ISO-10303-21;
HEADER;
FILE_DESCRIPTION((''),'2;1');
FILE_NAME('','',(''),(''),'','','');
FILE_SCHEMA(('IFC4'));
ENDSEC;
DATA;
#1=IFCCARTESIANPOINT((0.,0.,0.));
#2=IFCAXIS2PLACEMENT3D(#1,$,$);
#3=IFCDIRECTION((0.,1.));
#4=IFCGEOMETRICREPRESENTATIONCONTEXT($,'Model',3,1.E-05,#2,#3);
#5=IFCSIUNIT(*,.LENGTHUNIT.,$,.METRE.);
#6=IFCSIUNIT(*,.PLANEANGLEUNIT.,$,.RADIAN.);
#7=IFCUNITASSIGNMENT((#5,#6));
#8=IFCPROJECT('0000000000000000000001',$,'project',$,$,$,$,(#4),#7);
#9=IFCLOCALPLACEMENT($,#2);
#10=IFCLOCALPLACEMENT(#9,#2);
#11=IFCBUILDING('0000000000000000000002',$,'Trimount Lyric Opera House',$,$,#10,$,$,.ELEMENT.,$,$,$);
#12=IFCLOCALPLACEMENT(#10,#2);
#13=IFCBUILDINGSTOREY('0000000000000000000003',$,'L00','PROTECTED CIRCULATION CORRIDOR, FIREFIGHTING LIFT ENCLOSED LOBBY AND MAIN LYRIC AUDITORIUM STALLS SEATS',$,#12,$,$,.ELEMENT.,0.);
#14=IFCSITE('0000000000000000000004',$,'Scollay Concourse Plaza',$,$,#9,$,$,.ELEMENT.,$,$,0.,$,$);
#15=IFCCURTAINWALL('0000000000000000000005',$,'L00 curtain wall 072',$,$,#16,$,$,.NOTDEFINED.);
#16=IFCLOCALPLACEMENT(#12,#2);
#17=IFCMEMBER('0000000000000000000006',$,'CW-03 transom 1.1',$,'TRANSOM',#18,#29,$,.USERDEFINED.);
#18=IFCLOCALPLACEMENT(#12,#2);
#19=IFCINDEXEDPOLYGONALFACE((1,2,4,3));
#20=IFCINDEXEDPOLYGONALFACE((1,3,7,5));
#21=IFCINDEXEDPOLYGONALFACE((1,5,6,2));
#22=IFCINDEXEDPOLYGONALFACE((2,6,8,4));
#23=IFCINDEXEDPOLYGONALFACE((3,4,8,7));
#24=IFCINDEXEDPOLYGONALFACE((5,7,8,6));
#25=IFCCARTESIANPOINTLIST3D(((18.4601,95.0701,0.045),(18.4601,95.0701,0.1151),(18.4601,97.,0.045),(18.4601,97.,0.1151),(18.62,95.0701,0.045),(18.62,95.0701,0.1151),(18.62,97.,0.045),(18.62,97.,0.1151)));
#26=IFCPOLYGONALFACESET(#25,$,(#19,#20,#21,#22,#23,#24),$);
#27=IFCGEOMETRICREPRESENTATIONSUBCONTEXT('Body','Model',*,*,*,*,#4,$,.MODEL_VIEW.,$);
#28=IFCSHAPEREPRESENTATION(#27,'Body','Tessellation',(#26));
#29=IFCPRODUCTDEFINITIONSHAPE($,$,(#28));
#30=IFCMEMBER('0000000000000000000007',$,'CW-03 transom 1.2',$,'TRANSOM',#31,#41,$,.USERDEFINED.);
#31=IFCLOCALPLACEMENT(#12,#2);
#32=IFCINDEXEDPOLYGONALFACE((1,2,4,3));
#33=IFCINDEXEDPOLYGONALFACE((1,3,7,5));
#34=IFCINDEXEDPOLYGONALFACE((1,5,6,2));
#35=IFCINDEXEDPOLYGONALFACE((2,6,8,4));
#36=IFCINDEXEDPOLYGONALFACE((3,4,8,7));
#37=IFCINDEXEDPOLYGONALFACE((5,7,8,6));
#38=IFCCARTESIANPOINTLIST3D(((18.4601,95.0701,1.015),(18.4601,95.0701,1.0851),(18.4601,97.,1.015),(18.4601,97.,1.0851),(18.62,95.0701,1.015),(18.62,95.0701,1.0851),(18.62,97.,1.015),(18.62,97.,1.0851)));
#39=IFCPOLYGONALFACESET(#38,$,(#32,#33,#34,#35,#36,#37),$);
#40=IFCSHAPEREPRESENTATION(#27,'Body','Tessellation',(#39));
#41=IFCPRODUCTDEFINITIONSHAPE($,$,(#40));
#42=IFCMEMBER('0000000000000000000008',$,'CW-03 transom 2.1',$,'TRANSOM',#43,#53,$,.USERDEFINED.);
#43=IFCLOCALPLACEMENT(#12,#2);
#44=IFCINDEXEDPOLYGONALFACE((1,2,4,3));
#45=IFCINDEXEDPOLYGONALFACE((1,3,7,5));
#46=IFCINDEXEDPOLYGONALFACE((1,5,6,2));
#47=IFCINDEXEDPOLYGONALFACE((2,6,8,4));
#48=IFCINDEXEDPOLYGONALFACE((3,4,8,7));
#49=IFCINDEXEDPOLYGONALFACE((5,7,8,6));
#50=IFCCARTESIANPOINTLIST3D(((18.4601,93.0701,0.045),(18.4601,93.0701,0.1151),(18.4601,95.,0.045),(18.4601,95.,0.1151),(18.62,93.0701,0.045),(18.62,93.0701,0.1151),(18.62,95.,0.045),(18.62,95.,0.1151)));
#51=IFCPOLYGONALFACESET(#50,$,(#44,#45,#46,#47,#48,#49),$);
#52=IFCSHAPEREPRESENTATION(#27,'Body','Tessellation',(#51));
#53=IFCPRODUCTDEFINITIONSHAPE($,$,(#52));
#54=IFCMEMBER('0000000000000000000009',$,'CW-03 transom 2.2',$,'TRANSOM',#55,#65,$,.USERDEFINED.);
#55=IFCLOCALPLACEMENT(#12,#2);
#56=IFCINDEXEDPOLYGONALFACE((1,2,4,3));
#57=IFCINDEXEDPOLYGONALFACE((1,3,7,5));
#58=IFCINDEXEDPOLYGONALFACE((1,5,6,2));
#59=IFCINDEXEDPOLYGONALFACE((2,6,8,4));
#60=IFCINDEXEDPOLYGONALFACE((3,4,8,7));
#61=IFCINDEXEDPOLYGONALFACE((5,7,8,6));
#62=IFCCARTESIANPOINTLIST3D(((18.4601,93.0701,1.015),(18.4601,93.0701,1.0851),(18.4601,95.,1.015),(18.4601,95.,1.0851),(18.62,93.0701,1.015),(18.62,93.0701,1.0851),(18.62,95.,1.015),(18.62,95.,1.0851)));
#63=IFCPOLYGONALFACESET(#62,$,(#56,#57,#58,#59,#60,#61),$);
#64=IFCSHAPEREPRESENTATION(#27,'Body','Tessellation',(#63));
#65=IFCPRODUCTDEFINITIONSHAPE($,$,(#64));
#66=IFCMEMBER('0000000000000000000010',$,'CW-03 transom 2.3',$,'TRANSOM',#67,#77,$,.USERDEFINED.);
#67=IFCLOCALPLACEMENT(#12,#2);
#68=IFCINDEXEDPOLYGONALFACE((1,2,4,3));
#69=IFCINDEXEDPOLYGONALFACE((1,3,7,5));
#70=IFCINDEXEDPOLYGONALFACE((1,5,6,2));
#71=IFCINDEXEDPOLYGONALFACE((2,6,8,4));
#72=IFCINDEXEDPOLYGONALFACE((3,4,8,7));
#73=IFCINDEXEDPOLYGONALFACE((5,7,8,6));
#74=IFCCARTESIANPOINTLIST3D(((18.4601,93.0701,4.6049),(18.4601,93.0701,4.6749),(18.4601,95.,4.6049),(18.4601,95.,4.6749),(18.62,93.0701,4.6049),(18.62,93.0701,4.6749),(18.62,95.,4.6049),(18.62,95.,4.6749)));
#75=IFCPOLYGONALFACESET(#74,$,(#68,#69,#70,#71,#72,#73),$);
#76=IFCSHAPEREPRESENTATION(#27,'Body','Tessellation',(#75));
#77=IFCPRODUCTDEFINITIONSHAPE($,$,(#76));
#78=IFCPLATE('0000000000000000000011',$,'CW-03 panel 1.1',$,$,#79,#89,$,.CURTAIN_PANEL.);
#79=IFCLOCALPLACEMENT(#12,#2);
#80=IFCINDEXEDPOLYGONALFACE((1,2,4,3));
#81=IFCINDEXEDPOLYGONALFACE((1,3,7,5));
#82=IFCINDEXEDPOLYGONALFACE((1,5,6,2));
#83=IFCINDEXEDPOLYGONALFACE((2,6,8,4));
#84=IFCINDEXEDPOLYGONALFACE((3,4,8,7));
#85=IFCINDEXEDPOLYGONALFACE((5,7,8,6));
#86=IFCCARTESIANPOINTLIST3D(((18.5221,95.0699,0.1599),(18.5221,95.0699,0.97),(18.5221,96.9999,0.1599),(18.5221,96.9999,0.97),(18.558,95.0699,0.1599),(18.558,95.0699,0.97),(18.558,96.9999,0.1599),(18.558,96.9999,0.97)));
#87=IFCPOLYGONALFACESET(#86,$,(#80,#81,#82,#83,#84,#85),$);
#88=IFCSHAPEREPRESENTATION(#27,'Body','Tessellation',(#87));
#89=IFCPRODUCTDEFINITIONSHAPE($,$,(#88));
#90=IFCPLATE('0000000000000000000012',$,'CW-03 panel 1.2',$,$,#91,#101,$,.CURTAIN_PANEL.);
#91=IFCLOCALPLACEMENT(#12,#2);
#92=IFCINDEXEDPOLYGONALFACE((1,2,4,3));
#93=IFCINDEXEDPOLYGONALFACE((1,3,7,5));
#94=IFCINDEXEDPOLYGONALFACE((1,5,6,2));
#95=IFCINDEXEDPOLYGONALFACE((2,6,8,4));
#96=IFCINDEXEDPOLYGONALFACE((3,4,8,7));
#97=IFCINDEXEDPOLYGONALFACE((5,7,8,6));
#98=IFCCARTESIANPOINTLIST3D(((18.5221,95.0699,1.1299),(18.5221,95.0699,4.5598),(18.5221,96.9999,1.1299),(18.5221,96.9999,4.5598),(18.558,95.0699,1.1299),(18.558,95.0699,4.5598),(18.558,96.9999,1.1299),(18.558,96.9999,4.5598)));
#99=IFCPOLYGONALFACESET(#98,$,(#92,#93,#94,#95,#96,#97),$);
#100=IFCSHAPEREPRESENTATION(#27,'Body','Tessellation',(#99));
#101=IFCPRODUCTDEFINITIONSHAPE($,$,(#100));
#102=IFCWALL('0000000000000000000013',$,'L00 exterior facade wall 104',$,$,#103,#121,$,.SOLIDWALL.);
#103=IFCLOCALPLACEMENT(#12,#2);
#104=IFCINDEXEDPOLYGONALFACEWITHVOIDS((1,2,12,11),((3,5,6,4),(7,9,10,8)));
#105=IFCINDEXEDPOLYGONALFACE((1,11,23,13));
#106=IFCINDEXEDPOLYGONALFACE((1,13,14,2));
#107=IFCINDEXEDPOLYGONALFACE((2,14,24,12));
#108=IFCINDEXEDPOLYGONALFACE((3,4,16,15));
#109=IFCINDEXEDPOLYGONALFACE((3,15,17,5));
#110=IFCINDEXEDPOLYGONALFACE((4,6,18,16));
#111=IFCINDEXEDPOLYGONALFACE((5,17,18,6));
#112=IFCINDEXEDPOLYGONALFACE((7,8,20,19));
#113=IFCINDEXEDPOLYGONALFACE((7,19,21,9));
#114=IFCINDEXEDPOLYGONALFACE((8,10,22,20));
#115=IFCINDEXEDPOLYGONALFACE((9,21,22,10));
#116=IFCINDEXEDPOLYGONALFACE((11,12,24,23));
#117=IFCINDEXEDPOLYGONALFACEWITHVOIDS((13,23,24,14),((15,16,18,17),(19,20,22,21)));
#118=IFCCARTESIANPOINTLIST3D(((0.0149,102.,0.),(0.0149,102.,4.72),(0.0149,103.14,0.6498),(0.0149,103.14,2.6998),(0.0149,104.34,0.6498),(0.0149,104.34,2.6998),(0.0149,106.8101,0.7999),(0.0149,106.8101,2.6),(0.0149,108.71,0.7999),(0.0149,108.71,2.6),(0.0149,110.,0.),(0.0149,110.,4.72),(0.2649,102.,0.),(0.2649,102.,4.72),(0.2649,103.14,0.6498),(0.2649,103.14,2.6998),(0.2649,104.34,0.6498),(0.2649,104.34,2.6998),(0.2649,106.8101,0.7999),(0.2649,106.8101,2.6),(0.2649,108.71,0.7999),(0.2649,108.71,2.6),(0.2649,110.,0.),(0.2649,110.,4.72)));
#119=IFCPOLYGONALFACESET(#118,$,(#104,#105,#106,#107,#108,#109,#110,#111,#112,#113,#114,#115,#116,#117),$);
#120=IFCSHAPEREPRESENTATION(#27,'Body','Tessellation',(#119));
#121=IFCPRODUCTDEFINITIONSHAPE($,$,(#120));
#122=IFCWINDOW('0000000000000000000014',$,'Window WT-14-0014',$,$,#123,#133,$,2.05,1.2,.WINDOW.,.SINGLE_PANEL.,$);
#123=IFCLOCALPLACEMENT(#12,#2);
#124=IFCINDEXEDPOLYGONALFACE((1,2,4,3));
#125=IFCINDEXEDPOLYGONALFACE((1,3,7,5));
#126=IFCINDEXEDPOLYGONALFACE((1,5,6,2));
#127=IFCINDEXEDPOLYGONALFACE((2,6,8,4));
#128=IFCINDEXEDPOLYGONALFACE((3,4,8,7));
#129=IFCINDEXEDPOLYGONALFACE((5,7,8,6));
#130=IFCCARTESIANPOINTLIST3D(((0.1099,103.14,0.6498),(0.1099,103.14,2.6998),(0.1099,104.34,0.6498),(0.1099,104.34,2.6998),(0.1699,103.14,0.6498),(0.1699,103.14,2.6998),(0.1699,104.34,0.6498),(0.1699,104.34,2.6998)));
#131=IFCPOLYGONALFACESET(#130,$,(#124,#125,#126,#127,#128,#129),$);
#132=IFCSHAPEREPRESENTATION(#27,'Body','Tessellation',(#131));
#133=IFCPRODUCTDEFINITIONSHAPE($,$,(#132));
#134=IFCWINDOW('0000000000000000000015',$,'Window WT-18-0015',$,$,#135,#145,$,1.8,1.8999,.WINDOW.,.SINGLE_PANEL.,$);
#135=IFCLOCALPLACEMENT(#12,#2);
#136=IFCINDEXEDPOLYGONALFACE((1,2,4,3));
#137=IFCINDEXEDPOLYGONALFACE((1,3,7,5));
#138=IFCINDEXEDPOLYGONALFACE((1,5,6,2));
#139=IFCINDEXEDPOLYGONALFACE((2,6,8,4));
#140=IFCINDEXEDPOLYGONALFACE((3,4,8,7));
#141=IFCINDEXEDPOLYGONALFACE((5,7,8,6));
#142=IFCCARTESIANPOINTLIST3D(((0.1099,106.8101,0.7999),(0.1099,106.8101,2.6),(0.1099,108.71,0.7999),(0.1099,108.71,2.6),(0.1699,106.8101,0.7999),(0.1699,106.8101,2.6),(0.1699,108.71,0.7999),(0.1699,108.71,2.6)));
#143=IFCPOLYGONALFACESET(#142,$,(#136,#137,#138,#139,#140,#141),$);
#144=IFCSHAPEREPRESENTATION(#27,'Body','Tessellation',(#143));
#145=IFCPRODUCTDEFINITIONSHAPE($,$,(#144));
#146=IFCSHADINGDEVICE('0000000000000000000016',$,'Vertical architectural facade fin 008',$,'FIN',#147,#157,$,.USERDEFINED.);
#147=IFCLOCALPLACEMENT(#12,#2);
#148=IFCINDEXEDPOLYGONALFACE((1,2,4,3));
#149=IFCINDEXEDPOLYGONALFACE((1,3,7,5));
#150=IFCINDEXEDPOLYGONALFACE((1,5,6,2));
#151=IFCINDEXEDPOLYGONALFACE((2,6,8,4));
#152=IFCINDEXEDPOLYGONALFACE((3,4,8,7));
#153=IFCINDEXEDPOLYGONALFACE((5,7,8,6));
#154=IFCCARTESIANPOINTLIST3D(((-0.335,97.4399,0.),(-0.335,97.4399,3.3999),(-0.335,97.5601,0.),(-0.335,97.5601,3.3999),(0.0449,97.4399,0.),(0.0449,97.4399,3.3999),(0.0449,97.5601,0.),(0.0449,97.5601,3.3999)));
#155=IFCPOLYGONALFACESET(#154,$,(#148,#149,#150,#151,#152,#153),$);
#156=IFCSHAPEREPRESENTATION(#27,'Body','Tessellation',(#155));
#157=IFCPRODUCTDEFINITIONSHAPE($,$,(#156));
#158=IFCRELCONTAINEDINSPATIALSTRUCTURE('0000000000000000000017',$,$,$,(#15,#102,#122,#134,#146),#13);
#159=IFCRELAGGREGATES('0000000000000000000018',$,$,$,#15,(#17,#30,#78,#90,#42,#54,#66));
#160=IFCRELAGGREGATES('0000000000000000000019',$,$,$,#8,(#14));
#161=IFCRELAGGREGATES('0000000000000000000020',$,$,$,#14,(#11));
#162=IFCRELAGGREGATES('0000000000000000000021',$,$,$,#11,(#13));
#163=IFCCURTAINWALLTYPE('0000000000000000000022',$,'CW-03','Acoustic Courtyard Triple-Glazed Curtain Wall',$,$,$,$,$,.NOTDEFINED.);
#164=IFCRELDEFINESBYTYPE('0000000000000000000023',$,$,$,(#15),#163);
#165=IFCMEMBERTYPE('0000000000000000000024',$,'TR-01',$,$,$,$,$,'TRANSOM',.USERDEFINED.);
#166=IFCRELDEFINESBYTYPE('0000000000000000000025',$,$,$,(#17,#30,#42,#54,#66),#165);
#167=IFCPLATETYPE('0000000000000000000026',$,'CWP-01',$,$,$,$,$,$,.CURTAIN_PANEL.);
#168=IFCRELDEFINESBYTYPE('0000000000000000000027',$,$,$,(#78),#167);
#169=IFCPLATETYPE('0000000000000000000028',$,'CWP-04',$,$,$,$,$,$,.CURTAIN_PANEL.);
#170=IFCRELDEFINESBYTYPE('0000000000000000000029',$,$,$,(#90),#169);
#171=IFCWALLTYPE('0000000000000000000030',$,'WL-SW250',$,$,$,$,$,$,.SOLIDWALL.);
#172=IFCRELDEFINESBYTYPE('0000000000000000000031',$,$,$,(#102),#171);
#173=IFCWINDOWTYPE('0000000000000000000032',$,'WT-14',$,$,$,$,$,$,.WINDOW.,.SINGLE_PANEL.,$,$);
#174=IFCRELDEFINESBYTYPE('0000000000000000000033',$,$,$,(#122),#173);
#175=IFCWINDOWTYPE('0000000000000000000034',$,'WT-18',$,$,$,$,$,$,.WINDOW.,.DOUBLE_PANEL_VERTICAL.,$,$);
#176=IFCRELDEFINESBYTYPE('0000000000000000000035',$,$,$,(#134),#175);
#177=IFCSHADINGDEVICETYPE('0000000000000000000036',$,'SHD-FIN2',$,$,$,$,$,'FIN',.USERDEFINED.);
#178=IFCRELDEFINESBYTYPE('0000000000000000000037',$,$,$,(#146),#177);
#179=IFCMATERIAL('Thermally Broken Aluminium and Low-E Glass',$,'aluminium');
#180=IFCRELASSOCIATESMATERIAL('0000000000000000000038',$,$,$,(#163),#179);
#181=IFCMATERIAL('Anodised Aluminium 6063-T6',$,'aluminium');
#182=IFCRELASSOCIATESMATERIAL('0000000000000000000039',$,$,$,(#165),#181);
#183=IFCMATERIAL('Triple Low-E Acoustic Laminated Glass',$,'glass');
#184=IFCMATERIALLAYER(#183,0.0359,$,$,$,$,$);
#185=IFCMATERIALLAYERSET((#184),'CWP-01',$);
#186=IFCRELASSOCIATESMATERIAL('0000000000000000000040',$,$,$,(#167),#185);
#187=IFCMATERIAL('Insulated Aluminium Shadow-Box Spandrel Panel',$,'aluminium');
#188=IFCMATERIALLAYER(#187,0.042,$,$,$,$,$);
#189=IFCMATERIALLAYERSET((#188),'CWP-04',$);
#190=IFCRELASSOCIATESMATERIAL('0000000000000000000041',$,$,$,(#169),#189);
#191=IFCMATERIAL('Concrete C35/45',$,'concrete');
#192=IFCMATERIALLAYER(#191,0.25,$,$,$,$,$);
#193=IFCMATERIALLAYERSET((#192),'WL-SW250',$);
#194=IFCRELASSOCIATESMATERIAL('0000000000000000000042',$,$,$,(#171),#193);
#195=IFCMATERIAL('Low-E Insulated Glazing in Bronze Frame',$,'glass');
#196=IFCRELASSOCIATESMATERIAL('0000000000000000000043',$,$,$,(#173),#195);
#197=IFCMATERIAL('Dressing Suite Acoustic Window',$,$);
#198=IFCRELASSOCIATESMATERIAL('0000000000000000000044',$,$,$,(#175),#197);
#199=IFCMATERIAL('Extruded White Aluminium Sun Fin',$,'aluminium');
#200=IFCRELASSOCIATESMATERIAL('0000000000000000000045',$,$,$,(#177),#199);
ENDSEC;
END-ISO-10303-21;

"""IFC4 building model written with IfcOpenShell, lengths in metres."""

from ifc_helpers import new_model, si_unit, direction, frame, frame_2d, origin, origin_2d, place, context, subcontext, project, spatial, rectangle, extrude, material, layer, layer_set, material_profile, profile_set, type_object, element, fill, aggregate, save


model = new_model("IFC4")

# Units and contexts
model_context = context("Model", 3, precision=1e-05, world=origin(), true_north=direction((0.0, 1.0)))
body_context = subcontext(model_context, "Body", "Model", "MODEL_VIEW")
ifc_project = project(units=[si_unit("LENGTHUNIT", "METRE"), si_unit("PLANEANGLEUNIT", "RADIAN")], contexts=[model_context])

# Site, building, storey
site_placement = place(None, origin())
site = spatial("IfcSite", under=ifc_project, at=site_placement, Name="Scollay Concourse Plaza", CompositionType="ELEMENT", RefElevation=0.0)
building_placement = place(site_placement, origin())
building = spatial("IfcBuilding", under=site, at=building_placement, Name="Trimount Lyric Opera House", CompositionType="ELEMENT")
storey_placement = place(building_placement, origin())
storey = spatial("IfcBuildingStorey", under=building, at=storey_placement, Name="L00", Description="PROTECTED CIRCULATION CORRIDOR, FIREFIGHTING LIFT ENCLOSED LOBBY AND MAIN LYRIC AUDITORIUM STALLS SEATS", CompositionType="ELEMENT", Elevation=0.0)

# Curtain wall
ifc_material_1 = material(Name="Thermally Broken Aluminium and Low-E Glass", Category="aluminium")
curtain_wall_type = type_object("IfcCurtainWallType", Name="CW-03", Description="Acoustic Courtyard Triple-Glazed Curtain Wall", PredefinedType="NOTDEFINED", material=ifc_material_1)
curtain_wall_placement = place(storey_placement, origin())
curtain_wall = element("IfcCurtainWall", 1, at=curtain_wall_placement, inside=storey, type_object=curtain_wall_type, Name="L00 curtain wall 072", PredefinedType="NOTDEFINED")

# Members
ifc_material_2 = material(Name="Anodised Aluminium 6063-T6", Category="aluminium")
ifc_material_profile_1 = material_profile(ifc_material_2, rectangle(XDim=0.1599, YDim=0.0701, at=origin_2d()), Name="ALU-TRAN-70X160")
ifc_profile_set_1 = profile_set([ifc_material_profile_1], Name="Anodised Aluminium 6063-T6")
member_type_1 = type_object("IfcMemberType", Name="TR-01", ElementType="TRANSOM", PredefinedType="USERDEFINED", material=ifc_profile_set_1)
member_1_placement = place(storey_placement, frame((18.54, 97.0, 0.0801), z_axis=(0.0, -1.0, 0.0), x_axis=(1.0, 0.0, 0.0)))
member_1 = element("IfcMember", 2, at=member_1_placement, type_object=member_type_1, Name="CW-03 transom 1.1", ObjectType="TRANSOM", PredefinedType="USERDEFINED", context=body_context, shape_type="SweptSolid", body=[
    extrude(rectangle(XDim=0.1599, YDim=0.0701, at=origin_2d()), origin(), (0.0, 0.0, 1.0), 1.9299),
])
member_2_placement = place(storey_placement, frame((18.54, 97.0, 1.05), z_axis=(0.0, -1.0, 0.0), x_axis=(1.0, 0.0, 0.0)))
member_2 = element("IfcMember", 3, at=member_2_placement, type_object=member_type_1, Name="CW-03 transom 1.2", ObjectType="TRANSOM", PredefinedType="USERDEFINED", context=body_context, shape_type="SweptSolid", body=[
    extrude(rectangle(XDim=0.1599, YDim=0.0701, at=origin_2d()), origin(), (0.0, 0.0, 1.0), 1.9299),
])
member_3_placement = place(storey_placement, frame((18.54, 95.0, 0.0801), z_axis=(0.0, -1.0, 0.0), x_axis=(1.0, 0.0, 0.0)))
member_3 = element("IfcMember", 4, at=member_3_placement, type_object=member_type_1, Name="CW-03 transom 2.1", ObjectType="TRANSOM", PredefinedType="USERDEFINED", context=body_context, shape_type="SweptSolid", body=[
    extrude(rectangle(XDim=0.1599, YDim=0.0701, at=origin_2d()), origin(), (0.0, 0.0, 1.0), 1.9299),
])
member_4_placement = place(storey_placement, frame((18.54, 95.0, 1.05), z_axis=(0.0, -1.0, 0.0), x_axis=(1.0, 0.0, 0.0)))
member_4 = element("IfcMember", 5, at=member_4_placement, type_object=member_type_1, Name="CW-03 transom 2.2", ObjectType="TRANSOM", PredefinedType="USERDEFINED", context=body_context, shape_type="SweptSolid", body=[
    extrude(rectangle(XDim=0.1599, YDim=0.0701, at=origin_2d()), origin(), (0.0, 0.0, 1.0), 1.9299),
])
member_5_placement = place(storey_placement, frame((18.54, 95.0, 4.6399), z_axis=(0.0, -1.0, 0.0), x_axis=(1.0, 0.0, 0.0)))
member_5 = element("IfcMember", 6, at=member_5_placement, type_object=member_type_1, Name="CW-03 transom 2.3", ObjectType="TRANSOM", PredefinedType="USERDEFINED", context=body_context, shape_type="SweptSolid", body=[
    extrude(rectangle(XDim=0.1599, YDim=0.0701, at=origin_2d()), origin(), (0.0, 0.0, 1.0), 1.9299),
])

# Plates
ifc_material_3 = material(Name="Triple Low-E Acoustic Laminated Glass", Category="glass")
ifc_layer_1 = layer(ifc_material_3, 0.0359)
ifc_layer_set_1 = layer_set([ifc_layer_1], Name="CWP-01")
plate_type_1 = type_object("IfcPlateType", Name="CWP-01", PredefinedType="CURTAIN_PANEL", material=ifc_layer_set_1)
plate_1_placement = place(storey_placement, frame((18.54, 96.0349, 0.1599), z_axis=(0.0, 0.0, 1.0), x_axis=(0.0, -1.0, 0.0)))
plate_1 = element("IfcPlate", 7, at=plate_1_placement, type_object=plate_type_1, Name="CW-03 panel 1.1", PredefinedType="CURTAIN_PANEL", context=body_context, shape_type="SweptSolid", body=[
    extrude(rectangle(XDim=1.9299, YDim=0.0359, at=origin_2d()), origin(), (0.0, 0.0, 1.0), 0.8101),
])
ifc_material_4 = material(Name="Insulated Aluminium Shadow-Box Spandrel Panel", Category="aluminium")
ifc_layer_2 = layer(ifc_material_4, 0.042)
ifc_layer_set_2 = layer_set([ifc_layer_2], Name="CWP-04")
plate_type_2 = type_object("IfcPlateType", Name="CWP-04", PredefinedType="CURTAIN_PANEL", material=ifc_layer_set_2)
plate_2_placement = place(storey_placement, frame((18.54, 96.0349, 1.1299), z_axis=(0.0, 0.0, 1.0), x_axis=(0.0, -1.0, 0.0)))
plate_2 = element("IfcPlate", 8, at=plate_2_placement, type_object=plate_type_2, Name="CW-03 panel 1.2", PredefinedType="CURTAIN_PANEL", context=body_context, shape_type="SweptSolid", body=[
    extrude(rectangle(XDim=1.9299, YDim=0.0359, at=origin_2d()), origin(), (0.0, 0.0, 1.0), 3.4299),
])
aggregate(curtain_wall, [member_1, member_2, plate_1, plate_2, member_3, member_4, member_5])

# Wall, openings, windows
ifc_material_5 = material(Name="Concrete C35/45", Category="concrete")
ifc_layer_3 = layer(ifc_material_5, 0.25)
ifc_layer_set_3 = layer_set([ifc_layer_3], Name="WL-SW250")
wall_type = type_object("IfcWallType", Name="WL-SW250", PredefinedType="SOLIDWALL", material=ifc_layer_set_3)
wall_placement = place(storey_placement, frame((0.1399, 102.0, 0.0), z_axis=(0.0, 0.0, 1.0), x_axis=(0.0, 1.0, 0.0)))
wall = element("IfcWall", 9, at=wall_placement, inside=storey, type_object=wall_type, Name="L00 exterior facade wall 104", PredefinedType="SOLIDWALL", context=body_context, shape_type="SweptSolid", body=[
    extrude(rectangle(XDim=8.0, YDim=0.25, at=frame_2d((4.0, 0.0))), origin(), (0.0, 0.0, 1.0), 4.72),
])
opening_1_placement = place(wall_placement, frame((1.1399, 0.0, 0.6499)))
opening_1 = element("IfcOpeningElement", 10, at=opening_1_placement, cuts=wall, PredefinedType="OPENING", context=body_context, shape_type="SweptSolid", body=[
    extrude(rectangle(XDim=1.2, YDim=2.05, at=frame_2d((0.6001, 1.0249))), frame((0.0, 0.135, 0.0), z_axis=(0.0, -1.0, 0.0), x_axis=(1.0, 0.0, 0.0)), (0.0, 0.0, 1.0), 0.27),
])
opening_2_placement = place(wall_placement, frame((4.8101, 0.0, 0.8)))
opening_2 = element("IfcOpeningElement", 11, at=opening_2_placement, cuts=wall, PredefinedType="OPENING", context=body_context, shape_type="SweptSolid", body=[
    extrude(rectangle(XDim=1.8999, YDim=1.8, at=frame_2d((0.95, 0.8999))), frame((0.0, 0.135, 0.0), z_axis=(0.0, -1.0, 0.0), x_axis=(1.0, 0.0, 0.0)), (0.0, 0.0, 1.0), 0.27),
])
ifc_material_6 = material(Name="Low-E Insulated Glazing in Bronze Frame", Category="glass")
window_type_1 = type_object("IfcWindowType", Name="WT-14", PartitioningType="SINGLE_PANEL", PredefinedType="WINDOW", material=ifc_material_6)
window_1_placement = place(opening_1_placement, origin())
window_1 = element("IfcWindow", 12, at=window_1_placement, inside=storey, type_object=window_type_1, Name="Window WT-14-0014", OverallHeight=2.05, OverallWidth=1.2, PartitioningType="SINGLE_PANEL", PredefinedType="WINDOW", context=body_context, shape_type="SweptSolid", body=[
    extrude(rectangle(XDim=1.2, YDim=2.05, at=frame_2d((0.6001, 1.0249))), frame((0.0, 0.03, 0.0), z_axis=(0.0, -1.0, 0.0), x_axis=(1.0, 0.0, 0.0)), (0.0, 0.0, 1.0), 0.0601),
])
fill(opening_1, window_1)
ifc_material_7 = material(Name="Dressing Suite Acoustic Window")
window_type_2 = type_object("IfcWindowType", Name="WT-18", PartitioningType="DOUBLE_PANEL_VERTICAL", PredefinedType="WINDOW", material=ifc_material_7)
window_2_placement = place(opening_2_placement, origin())
window_2 = element("IfcWindow", 13, at=window_2_placement, inside=storey, type_object=window_type_2, Name="Window WT-18-0015", OverallHeight=1.8, OverallWidth=1.8999, PartitioningType="SINGLE_PANEL", PredefinedType="WINDOW", context=body_context, shape_type="SweptSolid", body=[
    extrude(rectangle(XDim=1.8999, YDim=1.8, at=frame_2d((0.95, 0.8999))), frame((0.0, 0.03, 0.0), z_axis=(0.0, -1.0, 0.0), x_axis=(1.0, 0.0, 0.0)), (0.0, 0.0, 1.0), 0.0601),
])
fill(opening_2, window_2)

# Shading device
ifc_material_8 = material(Name="Extruded White Aluminium Sun Fin", Category="aluminium")
shading_device_type = type_object("IfcShadingDeviceType", Name="SHD-FIN2", ElementType="FIN", PredefinedType="USERDEFINED", material=ifc_material_8)
shading_device_placement = place(storey_placement, frame((-0.145, 97.5, 0.0), z_axis=(0.0, 0.0, 1.0), x_axis=(1.0, 0.0, 0.0)))
element("IfcShadingDevice", 14, at=shading_device_placement, inside=storey, type_object=shading_device_type, Name="Vertical architectural facade fin 008", ObjectType="FIN", PredefinedType="USERDEFINED", context=body_context, shape_type="SweptSolid", body=[
    extrude(rectangle(XDim=0.3799, YDim=0.1201, at=origin_2d()), origin(), (0.0, 0.0, 1.0), 3.3999),
])

save(model, "model.ifc")
